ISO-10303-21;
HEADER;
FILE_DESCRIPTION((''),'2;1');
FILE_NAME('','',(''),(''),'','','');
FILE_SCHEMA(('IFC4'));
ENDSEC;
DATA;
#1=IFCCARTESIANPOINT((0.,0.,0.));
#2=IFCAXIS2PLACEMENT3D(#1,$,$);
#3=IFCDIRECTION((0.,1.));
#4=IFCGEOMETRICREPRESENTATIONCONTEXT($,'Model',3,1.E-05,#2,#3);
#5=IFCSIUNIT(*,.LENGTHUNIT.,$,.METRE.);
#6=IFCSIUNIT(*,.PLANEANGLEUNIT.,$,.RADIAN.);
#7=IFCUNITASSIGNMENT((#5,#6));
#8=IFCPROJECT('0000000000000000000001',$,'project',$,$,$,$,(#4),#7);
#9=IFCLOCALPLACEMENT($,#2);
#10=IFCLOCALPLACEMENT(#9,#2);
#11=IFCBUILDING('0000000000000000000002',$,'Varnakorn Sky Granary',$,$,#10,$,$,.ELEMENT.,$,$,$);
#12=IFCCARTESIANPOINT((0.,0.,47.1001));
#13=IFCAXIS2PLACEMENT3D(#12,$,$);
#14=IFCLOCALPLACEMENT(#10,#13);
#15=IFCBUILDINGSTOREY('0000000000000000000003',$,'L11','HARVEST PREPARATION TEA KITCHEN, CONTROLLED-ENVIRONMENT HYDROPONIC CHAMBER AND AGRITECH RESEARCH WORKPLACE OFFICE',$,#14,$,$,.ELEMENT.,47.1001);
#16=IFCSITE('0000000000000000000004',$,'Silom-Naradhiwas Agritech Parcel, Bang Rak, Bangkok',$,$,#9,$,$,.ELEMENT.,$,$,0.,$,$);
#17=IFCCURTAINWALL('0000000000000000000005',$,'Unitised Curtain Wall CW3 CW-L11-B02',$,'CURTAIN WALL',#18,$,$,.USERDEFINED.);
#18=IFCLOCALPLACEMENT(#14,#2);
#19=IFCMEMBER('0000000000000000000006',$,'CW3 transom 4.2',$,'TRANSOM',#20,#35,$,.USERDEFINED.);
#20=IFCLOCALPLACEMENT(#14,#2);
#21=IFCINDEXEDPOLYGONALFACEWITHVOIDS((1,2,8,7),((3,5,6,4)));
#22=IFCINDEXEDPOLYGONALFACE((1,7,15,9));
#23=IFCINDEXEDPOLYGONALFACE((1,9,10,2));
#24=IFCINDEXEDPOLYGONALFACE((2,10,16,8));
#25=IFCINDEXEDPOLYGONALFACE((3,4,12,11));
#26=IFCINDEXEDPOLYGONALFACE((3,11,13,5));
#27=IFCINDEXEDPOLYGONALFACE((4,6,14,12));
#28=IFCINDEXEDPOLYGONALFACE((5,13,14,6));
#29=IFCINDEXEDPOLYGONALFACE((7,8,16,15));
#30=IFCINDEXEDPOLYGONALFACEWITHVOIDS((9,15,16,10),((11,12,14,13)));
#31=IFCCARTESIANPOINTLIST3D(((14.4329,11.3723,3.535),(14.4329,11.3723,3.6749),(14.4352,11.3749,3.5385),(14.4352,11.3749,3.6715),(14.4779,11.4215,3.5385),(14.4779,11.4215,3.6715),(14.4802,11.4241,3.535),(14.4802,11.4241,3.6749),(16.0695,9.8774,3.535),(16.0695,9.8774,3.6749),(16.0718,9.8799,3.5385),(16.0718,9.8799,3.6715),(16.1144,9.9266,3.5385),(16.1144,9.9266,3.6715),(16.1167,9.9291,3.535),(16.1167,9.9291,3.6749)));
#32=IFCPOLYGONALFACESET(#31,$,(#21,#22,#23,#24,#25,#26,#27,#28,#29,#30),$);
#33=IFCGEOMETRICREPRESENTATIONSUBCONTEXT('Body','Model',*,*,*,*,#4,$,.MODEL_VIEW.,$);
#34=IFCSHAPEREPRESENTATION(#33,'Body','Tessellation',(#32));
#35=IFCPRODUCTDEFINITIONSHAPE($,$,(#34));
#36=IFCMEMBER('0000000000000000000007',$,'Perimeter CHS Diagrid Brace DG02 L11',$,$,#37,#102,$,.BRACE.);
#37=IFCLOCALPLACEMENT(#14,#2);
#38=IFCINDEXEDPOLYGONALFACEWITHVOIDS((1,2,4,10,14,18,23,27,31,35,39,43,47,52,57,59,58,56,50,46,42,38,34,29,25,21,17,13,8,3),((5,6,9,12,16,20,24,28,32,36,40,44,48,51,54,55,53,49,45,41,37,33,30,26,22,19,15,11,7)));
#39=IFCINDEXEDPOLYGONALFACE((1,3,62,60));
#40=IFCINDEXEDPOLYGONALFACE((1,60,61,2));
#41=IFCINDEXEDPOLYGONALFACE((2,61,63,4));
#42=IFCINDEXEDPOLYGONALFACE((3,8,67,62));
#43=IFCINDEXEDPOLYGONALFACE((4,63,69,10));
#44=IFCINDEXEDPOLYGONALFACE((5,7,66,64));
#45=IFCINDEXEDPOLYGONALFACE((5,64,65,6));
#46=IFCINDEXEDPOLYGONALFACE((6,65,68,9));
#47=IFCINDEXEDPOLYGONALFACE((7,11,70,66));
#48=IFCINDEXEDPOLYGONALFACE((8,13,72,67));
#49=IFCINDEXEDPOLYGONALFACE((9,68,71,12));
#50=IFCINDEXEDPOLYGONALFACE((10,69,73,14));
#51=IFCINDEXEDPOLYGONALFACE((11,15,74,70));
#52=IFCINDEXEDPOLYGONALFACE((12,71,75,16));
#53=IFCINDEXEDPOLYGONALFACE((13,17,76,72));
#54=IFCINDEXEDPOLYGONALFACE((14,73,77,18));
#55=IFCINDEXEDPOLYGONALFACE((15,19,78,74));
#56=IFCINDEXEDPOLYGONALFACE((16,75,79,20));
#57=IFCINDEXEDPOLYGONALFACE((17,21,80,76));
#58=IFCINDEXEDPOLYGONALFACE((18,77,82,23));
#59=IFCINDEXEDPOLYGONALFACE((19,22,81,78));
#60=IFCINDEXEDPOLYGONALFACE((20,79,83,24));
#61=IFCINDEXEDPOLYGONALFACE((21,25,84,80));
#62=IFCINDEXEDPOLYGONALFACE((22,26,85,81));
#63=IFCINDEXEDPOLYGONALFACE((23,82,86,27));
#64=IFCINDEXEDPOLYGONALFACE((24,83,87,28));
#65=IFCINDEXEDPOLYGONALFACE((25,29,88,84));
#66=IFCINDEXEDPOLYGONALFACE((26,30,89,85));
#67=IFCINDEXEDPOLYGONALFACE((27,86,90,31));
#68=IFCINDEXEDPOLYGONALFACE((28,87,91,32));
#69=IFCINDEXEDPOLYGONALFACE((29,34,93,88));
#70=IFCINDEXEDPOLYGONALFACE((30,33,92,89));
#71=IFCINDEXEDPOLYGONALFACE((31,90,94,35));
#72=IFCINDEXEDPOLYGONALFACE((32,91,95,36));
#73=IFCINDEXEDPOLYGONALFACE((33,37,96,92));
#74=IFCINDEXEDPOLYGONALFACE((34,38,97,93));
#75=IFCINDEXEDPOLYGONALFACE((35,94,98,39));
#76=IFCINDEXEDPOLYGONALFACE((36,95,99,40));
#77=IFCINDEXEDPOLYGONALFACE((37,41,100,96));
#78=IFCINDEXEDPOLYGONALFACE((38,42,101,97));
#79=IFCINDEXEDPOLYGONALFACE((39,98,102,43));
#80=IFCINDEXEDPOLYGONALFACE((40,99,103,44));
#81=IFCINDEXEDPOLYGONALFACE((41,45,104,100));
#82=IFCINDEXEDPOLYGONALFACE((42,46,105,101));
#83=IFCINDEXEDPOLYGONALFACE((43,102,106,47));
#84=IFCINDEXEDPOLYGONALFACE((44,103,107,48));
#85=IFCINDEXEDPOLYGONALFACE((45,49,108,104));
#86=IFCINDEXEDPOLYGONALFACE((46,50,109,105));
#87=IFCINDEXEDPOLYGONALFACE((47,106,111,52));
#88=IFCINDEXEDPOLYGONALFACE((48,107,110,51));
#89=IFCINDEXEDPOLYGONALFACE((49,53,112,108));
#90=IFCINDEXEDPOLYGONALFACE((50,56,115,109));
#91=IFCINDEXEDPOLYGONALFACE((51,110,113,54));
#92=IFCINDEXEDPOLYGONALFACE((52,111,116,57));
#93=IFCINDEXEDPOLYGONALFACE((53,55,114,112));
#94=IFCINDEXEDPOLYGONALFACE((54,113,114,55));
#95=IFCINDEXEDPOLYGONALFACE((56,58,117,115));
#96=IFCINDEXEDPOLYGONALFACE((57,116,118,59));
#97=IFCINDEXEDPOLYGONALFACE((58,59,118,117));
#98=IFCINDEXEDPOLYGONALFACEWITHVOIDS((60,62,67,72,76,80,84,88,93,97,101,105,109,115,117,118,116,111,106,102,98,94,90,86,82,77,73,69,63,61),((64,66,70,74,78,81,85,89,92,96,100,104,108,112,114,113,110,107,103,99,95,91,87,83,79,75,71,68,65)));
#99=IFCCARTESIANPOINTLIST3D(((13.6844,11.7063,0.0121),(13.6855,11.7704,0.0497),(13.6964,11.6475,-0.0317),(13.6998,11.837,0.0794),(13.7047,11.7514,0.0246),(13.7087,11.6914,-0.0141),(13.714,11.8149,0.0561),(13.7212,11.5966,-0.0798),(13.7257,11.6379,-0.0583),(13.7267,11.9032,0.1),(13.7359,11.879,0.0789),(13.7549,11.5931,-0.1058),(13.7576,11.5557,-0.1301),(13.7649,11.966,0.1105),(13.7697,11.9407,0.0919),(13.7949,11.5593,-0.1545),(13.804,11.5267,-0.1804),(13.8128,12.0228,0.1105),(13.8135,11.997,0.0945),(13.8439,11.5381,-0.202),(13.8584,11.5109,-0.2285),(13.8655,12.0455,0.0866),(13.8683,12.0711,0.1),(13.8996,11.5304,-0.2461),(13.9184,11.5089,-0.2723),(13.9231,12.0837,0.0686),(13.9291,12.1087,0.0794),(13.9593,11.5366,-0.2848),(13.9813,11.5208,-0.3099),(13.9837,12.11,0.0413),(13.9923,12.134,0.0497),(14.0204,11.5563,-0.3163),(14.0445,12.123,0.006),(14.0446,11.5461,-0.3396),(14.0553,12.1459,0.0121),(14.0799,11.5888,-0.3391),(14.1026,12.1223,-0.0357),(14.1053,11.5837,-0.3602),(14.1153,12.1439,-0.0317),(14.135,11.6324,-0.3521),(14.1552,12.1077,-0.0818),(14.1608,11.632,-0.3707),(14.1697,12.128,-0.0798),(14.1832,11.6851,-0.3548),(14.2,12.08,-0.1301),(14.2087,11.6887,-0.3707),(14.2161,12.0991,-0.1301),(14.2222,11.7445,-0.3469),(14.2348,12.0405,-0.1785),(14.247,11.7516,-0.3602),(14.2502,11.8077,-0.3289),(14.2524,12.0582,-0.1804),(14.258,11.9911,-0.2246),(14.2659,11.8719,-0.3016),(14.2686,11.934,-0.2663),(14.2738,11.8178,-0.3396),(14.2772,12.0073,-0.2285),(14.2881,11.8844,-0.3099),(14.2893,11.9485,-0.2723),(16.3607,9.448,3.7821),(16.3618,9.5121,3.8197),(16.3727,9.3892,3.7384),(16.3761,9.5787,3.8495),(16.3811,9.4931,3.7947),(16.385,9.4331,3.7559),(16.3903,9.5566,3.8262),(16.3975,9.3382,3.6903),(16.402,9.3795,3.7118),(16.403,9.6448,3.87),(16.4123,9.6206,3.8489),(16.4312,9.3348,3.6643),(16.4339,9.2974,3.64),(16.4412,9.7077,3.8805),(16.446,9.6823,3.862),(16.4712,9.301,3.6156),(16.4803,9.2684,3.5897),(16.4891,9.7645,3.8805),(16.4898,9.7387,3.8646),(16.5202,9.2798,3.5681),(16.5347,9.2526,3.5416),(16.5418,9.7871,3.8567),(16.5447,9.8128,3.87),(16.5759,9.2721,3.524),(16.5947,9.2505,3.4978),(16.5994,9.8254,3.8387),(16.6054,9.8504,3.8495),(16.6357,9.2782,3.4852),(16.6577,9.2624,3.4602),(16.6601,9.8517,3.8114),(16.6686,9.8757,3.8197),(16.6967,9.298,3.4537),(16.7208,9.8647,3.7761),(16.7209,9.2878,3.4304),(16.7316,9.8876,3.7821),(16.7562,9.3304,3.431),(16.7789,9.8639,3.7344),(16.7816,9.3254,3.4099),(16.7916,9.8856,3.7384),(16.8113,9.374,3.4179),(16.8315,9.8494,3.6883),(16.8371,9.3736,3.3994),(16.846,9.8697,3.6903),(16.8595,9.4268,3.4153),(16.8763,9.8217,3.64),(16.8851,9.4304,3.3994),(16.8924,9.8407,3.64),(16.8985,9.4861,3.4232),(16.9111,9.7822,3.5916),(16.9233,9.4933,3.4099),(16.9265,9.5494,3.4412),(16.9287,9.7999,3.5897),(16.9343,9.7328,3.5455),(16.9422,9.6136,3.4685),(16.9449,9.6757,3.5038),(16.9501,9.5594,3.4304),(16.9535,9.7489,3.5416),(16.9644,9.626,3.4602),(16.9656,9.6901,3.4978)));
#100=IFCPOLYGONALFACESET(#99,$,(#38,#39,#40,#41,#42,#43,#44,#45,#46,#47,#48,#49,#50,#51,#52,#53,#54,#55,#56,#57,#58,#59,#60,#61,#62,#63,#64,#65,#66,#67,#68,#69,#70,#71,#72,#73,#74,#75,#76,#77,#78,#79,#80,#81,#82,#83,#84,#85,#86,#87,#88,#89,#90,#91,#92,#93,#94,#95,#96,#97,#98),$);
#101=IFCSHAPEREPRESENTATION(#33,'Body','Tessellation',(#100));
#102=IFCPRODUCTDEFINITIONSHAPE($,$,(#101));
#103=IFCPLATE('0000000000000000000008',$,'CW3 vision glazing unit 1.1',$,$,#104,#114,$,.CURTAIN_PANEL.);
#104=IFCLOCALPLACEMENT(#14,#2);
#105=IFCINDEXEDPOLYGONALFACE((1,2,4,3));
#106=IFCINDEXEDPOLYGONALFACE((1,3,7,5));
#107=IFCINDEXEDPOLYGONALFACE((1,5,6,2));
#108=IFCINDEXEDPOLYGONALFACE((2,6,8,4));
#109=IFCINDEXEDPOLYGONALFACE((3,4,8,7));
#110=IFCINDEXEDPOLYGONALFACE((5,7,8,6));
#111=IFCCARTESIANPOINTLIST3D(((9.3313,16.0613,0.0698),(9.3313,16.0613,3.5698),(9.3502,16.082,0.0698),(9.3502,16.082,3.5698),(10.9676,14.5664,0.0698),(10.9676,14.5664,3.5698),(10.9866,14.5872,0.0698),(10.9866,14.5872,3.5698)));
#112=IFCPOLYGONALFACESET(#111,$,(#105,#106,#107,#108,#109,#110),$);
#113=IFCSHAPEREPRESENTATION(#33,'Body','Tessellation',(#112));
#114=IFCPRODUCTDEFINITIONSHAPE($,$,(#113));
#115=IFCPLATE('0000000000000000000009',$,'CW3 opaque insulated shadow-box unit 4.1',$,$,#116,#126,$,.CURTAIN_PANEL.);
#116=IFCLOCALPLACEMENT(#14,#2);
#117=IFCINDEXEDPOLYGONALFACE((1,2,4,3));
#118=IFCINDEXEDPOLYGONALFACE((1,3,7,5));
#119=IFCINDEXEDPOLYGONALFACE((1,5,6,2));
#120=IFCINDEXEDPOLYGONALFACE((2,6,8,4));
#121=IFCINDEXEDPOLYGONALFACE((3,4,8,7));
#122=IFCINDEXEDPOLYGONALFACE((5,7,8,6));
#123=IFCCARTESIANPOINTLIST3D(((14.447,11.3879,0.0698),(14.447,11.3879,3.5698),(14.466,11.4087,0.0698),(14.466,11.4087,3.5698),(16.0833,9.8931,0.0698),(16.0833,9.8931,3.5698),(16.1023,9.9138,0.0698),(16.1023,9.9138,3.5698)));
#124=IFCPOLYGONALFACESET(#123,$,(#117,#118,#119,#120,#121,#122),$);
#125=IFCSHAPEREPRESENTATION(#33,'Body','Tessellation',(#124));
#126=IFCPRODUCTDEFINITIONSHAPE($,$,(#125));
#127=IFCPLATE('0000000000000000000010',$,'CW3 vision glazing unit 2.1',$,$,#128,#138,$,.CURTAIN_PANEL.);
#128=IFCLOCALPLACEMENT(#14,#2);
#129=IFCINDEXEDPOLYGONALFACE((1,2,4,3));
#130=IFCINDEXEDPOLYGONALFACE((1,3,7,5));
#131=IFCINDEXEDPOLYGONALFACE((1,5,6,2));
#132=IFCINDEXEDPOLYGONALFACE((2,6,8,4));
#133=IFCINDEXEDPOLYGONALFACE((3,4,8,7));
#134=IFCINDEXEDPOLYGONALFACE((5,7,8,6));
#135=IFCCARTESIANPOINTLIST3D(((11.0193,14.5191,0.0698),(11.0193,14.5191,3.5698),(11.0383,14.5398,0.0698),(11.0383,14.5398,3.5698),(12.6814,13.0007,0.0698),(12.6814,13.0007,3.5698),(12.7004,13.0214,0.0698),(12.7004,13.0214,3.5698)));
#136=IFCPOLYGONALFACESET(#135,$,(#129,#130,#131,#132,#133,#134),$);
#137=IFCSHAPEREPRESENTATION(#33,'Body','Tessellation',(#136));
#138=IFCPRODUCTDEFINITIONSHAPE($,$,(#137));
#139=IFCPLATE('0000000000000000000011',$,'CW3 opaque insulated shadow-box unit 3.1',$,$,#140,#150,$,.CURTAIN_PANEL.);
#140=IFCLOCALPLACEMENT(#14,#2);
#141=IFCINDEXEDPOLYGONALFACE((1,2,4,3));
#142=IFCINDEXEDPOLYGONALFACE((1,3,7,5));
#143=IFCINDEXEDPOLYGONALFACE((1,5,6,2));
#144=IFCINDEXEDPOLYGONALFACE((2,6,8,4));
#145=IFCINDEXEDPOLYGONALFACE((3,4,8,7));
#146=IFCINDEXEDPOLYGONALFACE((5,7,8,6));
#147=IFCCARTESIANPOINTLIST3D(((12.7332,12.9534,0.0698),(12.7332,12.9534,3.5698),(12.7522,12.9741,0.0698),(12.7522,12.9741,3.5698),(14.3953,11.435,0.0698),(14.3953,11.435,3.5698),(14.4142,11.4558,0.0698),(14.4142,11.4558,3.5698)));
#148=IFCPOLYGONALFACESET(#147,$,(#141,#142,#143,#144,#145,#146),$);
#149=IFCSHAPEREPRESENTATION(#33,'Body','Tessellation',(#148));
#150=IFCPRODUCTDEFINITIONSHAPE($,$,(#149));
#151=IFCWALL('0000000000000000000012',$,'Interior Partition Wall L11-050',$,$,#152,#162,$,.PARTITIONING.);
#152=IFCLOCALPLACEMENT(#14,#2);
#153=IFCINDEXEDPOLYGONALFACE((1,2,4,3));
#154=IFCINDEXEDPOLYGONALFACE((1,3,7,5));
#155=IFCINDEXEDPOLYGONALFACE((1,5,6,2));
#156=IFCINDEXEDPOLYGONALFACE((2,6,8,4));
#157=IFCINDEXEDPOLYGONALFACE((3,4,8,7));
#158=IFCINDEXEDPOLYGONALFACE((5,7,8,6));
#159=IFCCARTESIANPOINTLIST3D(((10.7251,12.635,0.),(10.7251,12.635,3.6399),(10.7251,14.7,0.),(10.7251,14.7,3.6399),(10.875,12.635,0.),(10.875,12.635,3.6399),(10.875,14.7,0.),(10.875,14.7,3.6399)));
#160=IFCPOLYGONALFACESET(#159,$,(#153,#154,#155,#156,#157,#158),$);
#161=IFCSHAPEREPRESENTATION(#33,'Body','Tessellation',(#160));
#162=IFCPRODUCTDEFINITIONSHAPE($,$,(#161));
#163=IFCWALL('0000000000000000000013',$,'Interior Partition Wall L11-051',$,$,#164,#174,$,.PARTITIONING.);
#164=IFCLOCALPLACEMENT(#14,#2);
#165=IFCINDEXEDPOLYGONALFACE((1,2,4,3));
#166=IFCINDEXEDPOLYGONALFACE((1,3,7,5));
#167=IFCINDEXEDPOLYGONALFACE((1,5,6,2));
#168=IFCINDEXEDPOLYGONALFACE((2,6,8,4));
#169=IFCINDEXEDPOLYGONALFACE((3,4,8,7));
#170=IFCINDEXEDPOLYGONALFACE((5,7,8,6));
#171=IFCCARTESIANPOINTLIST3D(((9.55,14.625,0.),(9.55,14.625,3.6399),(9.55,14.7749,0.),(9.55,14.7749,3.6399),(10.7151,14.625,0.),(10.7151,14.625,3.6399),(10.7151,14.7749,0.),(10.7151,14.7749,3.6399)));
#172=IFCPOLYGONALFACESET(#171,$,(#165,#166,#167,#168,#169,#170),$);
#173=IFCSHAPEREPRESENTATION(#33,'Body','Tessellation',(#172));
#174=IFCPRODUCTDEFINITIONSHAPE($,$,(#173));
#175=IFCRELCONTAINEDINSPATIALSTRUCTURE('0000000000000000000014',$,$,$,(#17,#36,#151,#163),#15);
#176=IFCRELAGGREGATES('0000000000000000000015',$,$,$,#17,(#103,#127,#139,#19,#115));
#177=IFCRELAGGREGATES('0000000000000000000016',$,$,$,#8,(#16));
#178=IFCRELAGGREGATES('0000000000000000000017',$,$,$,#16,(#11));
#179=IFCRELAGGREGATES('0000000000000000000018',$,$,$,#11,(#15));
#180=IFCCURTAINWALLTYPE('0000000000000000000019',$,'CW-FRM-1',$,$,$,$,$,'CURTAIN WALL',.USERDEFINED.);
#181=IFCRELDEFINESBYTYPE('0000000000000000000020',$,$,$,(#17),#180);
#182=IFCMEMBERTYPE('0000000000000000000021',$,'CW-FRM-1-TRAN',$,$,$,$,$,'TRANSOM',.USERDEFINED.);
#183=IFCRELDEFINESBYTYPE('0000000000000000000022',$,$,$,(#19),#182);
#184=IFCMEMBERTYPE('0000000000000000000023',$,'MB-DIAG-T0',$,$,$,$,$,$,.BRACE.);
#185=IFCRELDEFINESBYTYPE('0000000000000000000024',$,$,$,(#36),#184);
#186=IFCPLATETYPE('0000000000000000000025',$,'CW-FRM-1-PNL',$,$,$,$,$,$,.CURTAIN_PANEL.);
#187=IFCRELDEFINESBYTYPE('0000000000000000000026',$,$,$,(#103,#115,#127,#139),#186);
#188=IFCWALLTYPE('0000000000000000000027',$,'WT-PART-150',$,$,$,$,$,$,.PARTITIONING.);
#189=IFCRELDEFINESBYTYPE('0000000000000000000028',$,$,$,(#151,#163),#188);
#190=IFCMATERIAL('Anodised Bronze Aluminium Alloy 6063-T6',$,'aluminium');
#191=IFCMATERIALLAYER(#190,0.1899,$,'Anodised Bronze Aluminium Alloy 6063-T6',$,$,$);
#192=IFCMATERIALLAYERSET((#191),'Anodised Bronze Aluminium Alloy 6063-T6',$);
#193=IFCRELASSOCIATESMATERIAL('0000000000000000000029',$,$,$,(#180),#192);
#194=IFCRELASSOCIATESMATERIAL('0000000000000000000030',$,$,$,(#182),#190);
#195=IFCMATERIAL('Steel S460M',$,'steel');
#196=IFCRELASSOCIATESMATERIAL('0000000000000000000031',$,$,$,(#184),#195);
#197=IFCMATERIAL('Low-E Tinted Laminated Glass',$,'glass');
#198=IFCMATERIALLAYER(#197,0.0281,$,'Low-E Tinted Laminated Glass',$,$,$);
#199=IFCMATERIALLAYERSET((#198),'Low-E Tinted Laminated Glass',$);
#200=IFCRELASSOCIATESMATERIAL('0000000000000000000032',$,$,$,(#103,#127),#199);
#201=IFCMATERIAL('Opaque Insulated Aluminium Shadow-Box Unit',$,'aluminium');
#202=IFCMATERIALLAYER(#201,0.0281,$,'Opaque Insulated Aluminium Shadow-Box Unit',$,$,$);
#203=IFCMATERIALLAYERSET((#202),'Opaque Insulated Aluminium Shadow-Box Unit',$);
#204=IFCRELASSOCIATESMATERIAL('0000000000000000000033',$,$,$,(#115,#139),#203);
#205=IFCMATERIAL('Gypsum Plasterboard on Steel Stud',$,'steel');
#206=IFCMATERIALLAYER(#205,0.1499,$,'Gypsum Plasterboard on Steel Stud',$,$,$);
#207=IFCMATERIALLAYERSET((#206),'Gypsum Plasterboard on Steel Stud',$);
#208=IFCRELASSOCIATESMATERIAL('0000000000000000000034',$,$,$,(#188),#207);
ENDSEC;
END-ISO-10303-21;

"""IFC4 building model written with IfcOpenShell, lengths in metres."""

from ifc_helpers import new_model, si_unit, direction, frame, frame_2d, origin, origin_2d, place, context, subcontext, project, spatial, rectangle, hollow_rectangle, hollow_circle, extrude, source, transform, mapped, material, layer, layer_set, material_profile, profile_set, type_object, type_shapes, element, aggregate, save


model = new_model("IFC4")

# Units and contexts
model_context = context("Model", 3, precision=1e-05, world=origin(), true_north=direction((0.0, 1.0)))
body_context = subcontext(model_context, "Body", "Model", "MODEL_VIEW")
ifc_project = project(units=[si_unit("LENGTHUNIT", "METRE"), si_unit("PLANEANGLEUNIT", "RADIAN")], contexts=[model_context])

# Site, building, storey
site_placement = place(None, origin())
site = spatial("IfcSite", under=ifc_project, at=site_placement, Name="Silom-Naradhiwas Agritech Parcel, Bang Rak, Bangkok", CompositionType="ELEMENT", RefElevation=0.0)
building_placement = place(site_placement, origin())
building = spatial("IfcBuilding", under=site, at=building_placement, Name="Varnakorn Sky Granary", CompositionType="ELEMENT")
storey_placement = place(building_placement, frame((0.0, 0.0, 47.1001)))
storey = spatial("IfcBuildingStorey", under=building, at=storey_placement, Name="L11", Description="HARVEST PREPARATION TEA KITCHEN, CONTROLLED-ENVIRONMENT HYDROPONIC CHAMBER AND AGRITECH RESEARCH WORKPLACE OFFICE", CompositionType="ELEMENT", Elevation=47.1001)

# Curtain wall, member
ifc_material_1 = material(Name="Anodised Bronze Aluminium Alloy 6063-T6", Category="aluminium")
ifc_layer_1 = layer(ifc_material_1, 0.1899, Name="Anodised Bronze Aluminium Alloy 6063-T6")
ifc_layer_set_1 = layer_set([ifc_layer_1], Name="Anodised Bronze Aluminium Alloy 6063-T6")
curtain_wall_type = type_object("IfcCurtainWallType", Name="CW-FRM-1", ElementType="CURTAIN WALL", PredefinedType="USERDEFINED", material=ifc_layer_set_1)
curtain_wall_placement = place(storey_placement, origin())
curtain_wall = element("IfcCurtainWall", 1, at=curtain_wall_placement, inside=storey, type_object=curtain_wall_type, Name="Unitised Curtain Wall CW3 CW-L11-B02", ObjectType="CURTAIN WALL", PredefinedType="USERDEFINED")
ifc_material_profile_1 = material_profile(ifc_material_1, hollow_rectangle(XDim=0.0701, YDim=0.1399, WallThickness=0.0034, at=origin_2d()), Name="ALU TRAN 70x140")
ifc_profile_set_1 = profile_set([ifc_material_profile_1], Name="Anodised Bronze Aluminium Alloy 6063-T6")
member_type_1 = type_object("IfcMemberType", Name="CW-FRM-1-TRAN", ElementType="TRANSOM", PredefinedType="USERDEFINED", material=ifc_profile_set_1)
member_1_placement = place(storey_placement, frame((14.4565, 11.3982, 3.605), z_axis=(0.738328, -0.674442, 0.0), x_axis=(0.674442, 0.738328, 0.0)))
member_1 = element("IfcMember", 2, at=member_1_placement, type_object=member_type_1, Name="CW3 transom 4.2", ObjectType="TRANSOM", PredefinedType="USERDEFINED", context=body_context, shape_type="SweptSolid", body=[
    extrude(hollow_rectangle(XDim=0.0701, YDim=0.1399, WallThickness=0.0034, at=origin_2d()), origin(), (0.0, 0.0, 1.0), 2.2166),
])

# Member
ifc_material_2 = material(Name="Steel S460M", Category="steel")
ifc_material_profile_2 = material_profile(ifc_material_2, hollow_circle(Radius=0.3555, WallThickness=0.0249, at=origin_2d()), Name="CHS 711x25")
ifc_profile_set_2 = profile_set([ifc_material_profile_2], Name="Steel S460M")
member_type_2 = type_object("IfcMemberType", Name="MB-DIAG-T0", PredefinedType="BRACE", material=ifc_profile_set_2)
member_2_placement = place(storey_placement, frame((13.9868, 11.8274, -0.1301), z_axis=(0.520126, -0.438895, 0.732694), x_axis=(0.644904, 0.764264, 0.0)))
element("IfcMember", 3, at=member_2_placement, inside=storey, type_object=member_type_2, Name="Perimeter CHS Diagrid Brace DG02 L11", PredefinedType="BRACE", context=body_context, shape_type="SweptSolid", body=[
    extrude(hollow_circle(Radius=0.3555, WallThickness=0.0249, at=origin_2d()), origin(), (0.0, 0.0, 1.0), 5.1455),
])

# Plates
ifc_material_3 = material(Name="Low-E Tinted Laminated Glass", Category="glass")
ifc_layer_2 = layer(ifc_material_3, 0.0281, Name="Low-E Tinted Laminated Glass")
ifc_layer_set_2 = layer_set([ifc_layer_2], Name="Low-E Tinted Laminated Glass")
plate_type = type_object("IfcPlateType", Name="CW-FRM-1-PNL", PredefinedType="CURTAIN_PANEL")
shared_shape_1 = source(origin(), body_context, "Body", "SweptSolid", [
    extrude(rectangle(XDim=2.2163, YDim=0.0281, at=origin_2d()), origin(), (0.0, 0.0, 1.0), 3.5),
])
plate_1_placement = place(storey_placement, frame((10.1589, 15.3242, 0.0698), z_axis=(0.0, 0.0, 1.0), x_axis=(0.738307, -0.674464, 0.0)))
plate_1 = element("IfcPlate", 4, at=plate_1_placement, type_object=plate_type, material=ifc_layer_set_2, Name="CW3 vision glazing unit 1.1", PredefinedType="CURTAIN_PANEL", context=body_context, shape_type="MappedRepresentation", body=[
    mapped(shared_shape_1, transform((0.0, 0.0, 0.0), x_axis=(1.0, 0.0, 0.0), y_axis=(0.0, 1.0, 0.0), z_axis=(0.0, 0.0, 1.0), scale=1.0)),
])
ifc_material_4 = material(Name="Opaque Insulated Aluminium Shadow-Box Unit", Category="aluminium")
ifc_layer_3 = layer(ifc_material_4, 0.0281, Name="Opaque Insulated Aluminium Shadow-Box Unit")
ifc_layer_set_3 = layer_set([ifc_layer_3], Name="Opaque Insulated Aluminium Shadow-Box Unit")
plate_2_placement = place(storey_placement, frame((15.2747, 10.6509, 0.0698), z_axis=(0.0, 0.0, 1.0), x_axis=(0.738307, -0.674464, 0.0)))
plate_2 = element("IfcPlate", 5, at=plate_2_placement, type_object=plate_type, material=ifc_layer_set_3, Name="CW3 opaque insulated shadow-box unit 4.1", PredefinedType="CURTAIN_PANEL", context=body_context, shape_type="MappedRepresentation", body=[
    mapped(shared_shape_1, transform((0.0, 0.0, 0.0), x_axis=(1.0, 0.0, 0.0), y_axis=(0.0, 1.0, 0.0), z_axis=(0.0, 0.0, 1.0), scale=1.0)),
])
shared_shape_2 = source(origin(), body_context, "Body", "SweptSolid", [
    extrude(rectangle(XDim=2.2512, YDim=0.0281, at=origin_2d()), origin(), (0.0, 0.0, 1.0), 3.5),
])
type_shapes(plate_type, [shared_shape_1, shared_shape_2])
plate_3_placement = place(storey_placement, frame((11.8599, 13.7703, 0.0698), z_axis=(0.0, 0.0, 1.0), x_axis=(0.738307, -0.674464, 0.0)))
plate_3 = element("IfcPlate", 6, at=plate_3_placement, type_object=plate_type, material=ifc_layer_set_2, Name="CW3 vision glazing unit 2.1", PredefinedType="CURTAIN_PANEL", context=body_context, shape_type="MappedRepresentation", body=[
    mapped(shared_shape_2, transform((0.0, 0.0, 0.0), x_axis=(1.0, 0.0, 0.0), y_axis=(0.0, 1.0, 0.0), z_axis=(0.0, 0.0, 1.0), scale=1.0)),
])
plate_4_placement = place(storey_placement, frame((13.5737, 12.2046, 0.0698), z_axis=(0.0, 0.0, 1.0), x_axis=(0.738307, -0.674464, 0.0)))
plate_4 = element("IfcPlate", 7, at=plate_4_placement, type_object=plate_type, material=ifc_layer_set_3, Name="CW3 opaque insulated shadow-box unit 3.1", PredefinedType="CURTAIN_PANEL", context=body_context, shape_type="MappedRepresentation", body=[
    mapped(shared_shape_2, transform((0.0, 0.0, 0.0), x_axis=(1.0, 0.0, 0.0), y_axis=(0.0, 1.0, 0.0), z_axis=(0.0, 0.0, 1.0), scale=1.0)),
])
aggregate(curtain_wall, [plate_1, plate_3, plate_4, member_1, plate_2])

# Walls
ifc_material_5 = material(Name="Gypsum Plasterboard on Steel Stud", Category="steel")
ifc_layer_4 = layer(ifc_material_5, 0.1499, Name="Gypsum Plasterboard on Steel Stud")
ifc_layer_set_4 = layer_set([ifc_layer_4], Name="Gypsum Plasterboard on Steel Stud")
wall_type_1 = type_object("IfcWallType", Name="WT-PART-150", PredefinedType="PARTITIONING", material=ifc_layer_set_4)
wall_1_placement = place(storey_placement, frame((10.8, 12.635, 0.0), z_axis=(0.0, 0.0, 1.0), x_axis=(0.0, 1.0, 0.0)))
element("IfcWall", 8, at=wall_1_placement, inside=storey, type_object=wall_type_1, Name="Interior Partition Wall L11-050", PredefinedType="PARTITIONING", context=body_context, shape_type="SweptSolid", body=[
    extrude(rectangle(XDim=2.0649, YDim=0.1499, at=frame_2d((1.0325, 0.0))), origin(), (0.0, 0.0, 1.0), 3.6399),
])
wall_2_placement = place(storey_placement, frame((10.7151, 14.7, 0.0), z_axis=(0.0, 0.0, 1.0), x_axis=(-1.0, 0.0, 0.0)))
element("IfcWall", 9, at=wall_2_placement, inside=storey, type_object=wall_type_1, Name="Interior Partition Wall L11-051", PredefinedType="PARTITIONING", context=body_context, shape_type="SweptSolid", body=[
    extrude(rectangle(XDim=1.165, YDim=0.1499, at=frame_2d((0.5825, 0.0))), origin(), (0.0, 0.0, 1.0), 3.6399),
])

save(model, "model.ifc")
